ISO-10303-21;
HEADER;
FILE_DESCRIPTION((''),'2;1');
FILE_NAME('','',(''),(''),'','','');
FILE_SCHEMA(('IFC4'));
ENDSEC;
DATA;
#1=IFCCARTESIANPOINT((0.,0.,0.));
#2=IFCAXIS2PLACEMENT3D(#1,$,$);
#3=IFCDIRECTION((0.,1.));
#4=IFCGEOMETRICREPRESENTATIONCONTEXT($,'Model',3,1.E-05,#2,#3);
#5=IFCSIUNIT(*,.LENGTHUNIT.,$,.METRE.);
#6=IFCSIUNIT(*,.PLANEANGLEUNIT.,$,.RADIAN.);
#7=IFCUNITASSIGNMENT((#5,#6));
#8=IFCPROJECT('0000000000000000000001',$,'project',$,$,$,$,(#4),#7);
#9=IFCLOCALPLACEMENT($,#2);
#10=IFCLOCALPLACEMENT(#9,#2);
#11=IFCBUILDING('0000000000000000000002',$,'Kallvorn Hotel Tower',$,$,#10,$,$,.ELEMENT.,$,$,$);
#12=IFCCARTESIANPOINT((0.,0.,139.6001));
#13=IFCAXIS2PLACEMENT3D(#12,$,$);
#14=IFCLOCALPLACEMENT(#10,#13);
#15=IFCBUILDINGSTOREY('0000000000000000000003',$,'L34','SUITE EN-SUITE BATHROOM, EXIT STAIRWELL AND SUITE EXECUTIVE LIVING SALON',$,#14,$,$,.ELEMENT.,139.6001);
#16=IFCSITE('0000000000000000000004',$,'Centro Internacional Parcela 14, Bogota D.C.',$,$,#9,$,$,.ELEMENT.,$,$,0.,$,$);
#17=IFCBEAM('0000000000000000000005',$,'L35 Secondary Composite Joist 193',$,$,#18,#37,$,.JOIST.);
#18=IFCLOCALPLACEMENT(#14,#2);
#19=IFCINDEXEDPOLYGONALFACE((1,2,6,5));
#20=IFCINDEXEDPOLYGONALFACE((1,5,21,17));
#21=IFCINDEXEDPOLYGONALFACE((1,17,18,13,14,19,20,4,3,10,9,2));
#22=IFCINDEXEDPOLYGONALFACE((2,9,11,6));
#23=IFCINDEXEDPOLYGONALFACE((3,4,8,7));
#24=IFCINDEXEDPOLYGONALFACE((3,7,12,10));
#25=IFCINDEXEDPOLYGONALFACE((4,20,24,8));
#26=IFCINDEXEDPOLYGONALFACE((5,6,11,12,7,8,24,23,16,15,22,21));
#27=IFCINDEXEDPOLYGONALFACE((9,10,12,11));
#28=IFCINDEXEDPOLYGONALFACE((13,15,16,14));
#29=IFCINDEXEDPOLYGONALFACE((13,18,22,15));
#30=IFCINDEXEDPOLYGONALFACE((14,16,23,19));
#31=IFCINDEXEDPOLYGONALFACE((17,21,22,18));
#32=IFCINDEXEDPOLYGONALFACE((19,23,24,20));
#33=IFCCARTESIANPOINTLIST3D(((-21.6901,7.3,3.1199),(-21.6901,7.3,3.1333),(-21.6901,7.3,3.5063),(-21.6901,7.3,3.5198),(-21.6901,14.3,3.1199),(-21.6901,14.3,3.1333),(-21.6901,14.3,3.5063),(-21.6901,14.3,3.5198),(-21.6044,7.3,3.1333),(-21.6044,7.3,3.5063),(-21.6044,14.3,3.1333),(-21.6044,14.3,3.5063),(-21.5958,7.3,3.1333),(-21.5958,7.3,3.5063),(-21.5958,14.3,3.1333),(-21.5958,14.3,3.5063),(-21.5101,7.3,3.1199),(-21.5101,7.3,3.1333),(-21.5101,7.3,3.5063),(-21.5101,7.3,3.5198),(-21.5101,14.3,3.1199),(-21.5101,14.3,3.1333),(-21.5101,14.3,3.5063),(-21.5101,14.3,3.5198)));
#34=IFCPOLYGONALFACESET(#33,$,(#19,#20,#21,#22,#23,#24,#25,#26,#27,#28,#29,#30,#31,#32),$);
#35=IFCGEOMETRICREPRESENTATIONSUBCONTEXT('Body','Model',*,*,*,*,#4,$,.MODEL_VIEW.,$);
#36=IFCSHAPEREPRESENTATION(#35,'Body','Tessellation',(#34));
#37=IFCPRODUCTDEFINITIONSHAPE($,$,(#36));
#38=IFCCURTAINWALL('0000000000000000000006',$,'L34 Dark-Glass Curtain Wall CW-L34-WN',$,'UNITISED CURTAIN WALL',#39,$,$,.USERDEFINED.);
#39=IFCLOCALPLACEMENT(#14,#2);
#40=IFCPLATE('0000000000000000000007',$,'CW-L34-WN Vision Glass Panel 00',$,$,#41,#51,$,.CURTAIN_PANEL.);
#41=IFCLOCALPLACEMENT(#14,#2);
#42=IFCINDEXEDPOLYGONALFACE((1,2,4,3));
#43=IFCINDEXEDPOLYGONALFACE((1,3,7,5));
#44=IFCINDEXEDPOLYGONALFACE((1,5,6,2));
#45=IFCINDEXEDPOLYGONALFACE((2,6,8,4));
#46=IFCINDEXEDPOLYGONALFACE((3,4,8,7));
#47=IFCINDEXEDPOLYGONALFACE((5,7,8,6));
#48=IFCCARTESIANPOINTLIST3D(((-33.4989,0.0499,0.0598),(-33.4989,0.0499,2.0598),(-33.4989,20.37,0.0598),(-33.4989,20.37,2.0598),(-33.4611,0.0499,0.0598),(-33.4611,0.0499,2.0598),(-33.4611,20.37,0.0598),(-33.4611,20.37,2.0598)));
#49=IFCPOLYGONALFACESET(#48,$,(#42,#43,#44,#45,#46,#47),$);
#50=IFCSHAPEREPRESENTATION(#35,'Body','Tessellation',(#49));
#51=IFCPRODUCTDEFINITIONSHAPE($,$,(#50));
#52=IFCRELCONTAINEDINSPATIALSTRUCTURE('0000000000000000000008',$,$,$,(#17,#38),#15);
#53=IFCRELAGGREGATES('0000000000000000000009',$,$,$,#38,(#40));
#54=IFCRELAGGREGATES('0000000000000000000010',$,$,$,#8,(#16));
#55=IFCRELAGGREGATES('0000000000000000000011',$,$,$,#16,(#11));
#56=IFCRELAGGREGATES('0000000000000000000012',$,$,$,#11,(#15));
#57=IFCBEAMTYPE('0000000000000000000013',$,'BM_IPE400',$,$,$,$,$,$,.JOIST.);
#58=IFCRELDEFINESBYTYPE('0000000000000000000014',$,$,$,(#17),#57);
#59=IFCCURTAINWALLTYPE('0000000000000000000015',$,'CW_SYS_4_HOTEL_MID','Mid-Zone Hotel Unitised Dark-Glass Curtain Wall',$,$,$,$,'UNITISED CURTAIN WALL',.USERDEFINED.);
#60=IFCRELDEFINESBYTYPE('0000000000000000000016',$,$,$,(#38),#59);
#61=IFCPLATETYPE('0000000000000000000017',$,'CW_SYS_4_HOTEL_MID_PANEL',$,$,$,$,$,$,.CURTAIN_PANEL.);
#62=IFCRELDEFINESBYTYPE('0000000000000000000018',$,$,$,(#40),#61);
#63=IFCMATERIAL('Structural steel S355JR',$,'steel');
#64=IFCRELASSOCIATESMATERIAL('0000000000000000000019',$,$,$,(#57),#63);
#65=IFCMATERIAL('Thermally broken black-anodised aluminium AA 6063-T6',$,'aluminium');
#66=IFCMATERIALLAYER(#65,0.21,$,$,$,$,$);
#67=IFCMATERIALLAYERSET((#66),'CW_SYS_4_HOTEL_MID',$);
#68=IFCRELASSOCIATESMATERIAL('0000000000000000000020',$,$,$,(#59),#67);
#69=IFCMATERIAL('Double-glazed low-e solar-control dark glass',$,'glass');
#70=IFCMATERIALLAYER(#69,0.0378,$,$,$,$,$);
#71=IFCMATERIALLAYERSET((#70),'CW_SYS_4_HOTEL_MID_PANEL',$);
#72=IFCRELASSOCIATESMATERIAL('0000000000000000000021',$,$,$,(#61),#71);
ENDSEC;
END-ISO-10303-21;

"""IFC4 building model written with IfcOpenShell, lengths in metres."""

from ifc_helpers import new_model, si_unit, direction, frame, origin, origin_2d, place, context, subcontext, project, spatial, rectangle, i_section, extrude, material, layer, layer_set, material_profile, profile_set, type_object, element, aggregate, save


model = new_model("IFC4")

# Units and contexts
model_context = context("Model", 3, precision=1e-05, world=origin(), true_north=direction((0.0, 1.0)))
body_context = subcontext(model_context, "Body", "Model", "MODEL_VIEW")
ifc_project = project(units=[si_unit("LENGTHUNIT", "METRE"), si_unit("PLANEANGLEUNIT", "RADIAN")], contexts=[model_context])

# Site, building, storey
site_placement = place(None, origin())
site = spatial("IfcSite", under=ifc_project, at=site_placement, Name="Centro Internacional Parcela 14, Bogota D.C.", CompositionType="ELEMENT", RefElevation=0.0)
building_placement = place(site_placement, origin())
building = spatial("IfcBuilding", under=site, at=building_placement, Name="Kallvorn Hotel Tower", CompositionType="ELEMENT")
storey_placement = place(building_placement, frame((0.0, 0.0, 139.6001)))
storey = spatial("IfcBuildingStorey", under=building, at=storey_placement, Name="L34", Description="SUITE EN-SUITE BATHROOM, EXIT STAIRWELL AND SUITE EXECUTIVE LIVING SALON", CompositionType="ELEMENT", Elevation=139.6001)

# Beam
ifc_material_1 = material(Name="Structural steel S355JR", Category="steel")
ifc_material_profile_1 = material_profile(ifc_material_1, i_section(OverallWidth=0.1799, OverallDepth=0.3999, WebThickness=0.0085, FlangeThickness=0.0134, at=origin_2d()), Name="IPE 400")
ifc_profile_set_1 = profile_set([ifc_material_profile_1], Name="Structural steel S355JR")
beam_type_1 = type_object("IfcBeamType", Name="BM_IPE400", PredefinedType="JOIST", material=ifc_profile_set_1)
beam_1_placement = place(storey_placement, frame((-21.6001, 7.3, 3.3198), z_axis=(0.0, 1.0, 0.0), x_axis=(-1.0, 0.0, 0.0)))
element("IfcBeam", 1, at=beam_1_placement, inside=storey, type_object=beam_type_1, Name="L35 Secondary Composite Joist 193", PredefinedType="JOIST", context=body_context, shape_type="SweptSolid", body=[
    extrude(i_section(OverallWidth=0.1799, OverallDepth=0.3999, WebThickness=0.0085, FlangeThickness=0.0134, at=origin_2d()), origin(), (0.0, 0.0, 1.0), 7.0),
])

# Curtain wall, plate
ifc_material_2 = material(Name="Thermally broken black-anodised aluminium AA 6063-T6", Category="aluminium")
ifc_layer_1 = layer(ifc_material_2, 0.21)
ifc_layer_set_1 = layer_set([ifc_layer_1], Name="CW_SYS_4_HOTEL_MID")
curtain_wall_type = type_object("IfcCurtainWallType", Name="CW_SYS_4_HOTEL_MID", Description="Mid-Zone Hotel Unitised Dark-Glass Curtain Wall", ElementType="UNITISED CURTAIN WALL", PredefinedType="USERDEFINED", material=ifc_layer_set_1)
curtain_wall_placement = place(storey_placement, origin())
curtain_wall = element("IfcCurtainWall", 2, at=curtain_wall_placement, inside=storey, type_object=curtain_wall_type, Name="L34 Dark-Glass Curtain Wall CW-L34-WN", ObjectType="UNITISED CURTAIN WALL", PredefinedType="USERDEFINED")
ifc_material_3 = material(Name="Double-glazed low-e solar-control dark glass", Category="glass")
ifc_layer_2 = layer(ifc_material_3, 0.0378)
ifc_layer_set_2 = layer_set([ifc_layer_2], Name="CW_SYS_4_HOTEL_MID_PANEL")
plate_type = type_object("IfcPlateType", Name="CW_SYS_4_HOTEL_MID_PANEL", PredefinedType="CURTAIN_PANEL", material=ifc_layer_set_2)
plate_placement = place(storey_placement, frame((-33.48, 10.21, 0.0598), z_axis=(0.0, 0.0, 1.0), x_axis=(0.0, 1.0, 0.0)))
plate = element("IfcPlate", 3, at=plate_placement, type_object=plate_type, Name="CW-L34-WN Vision Glass Panel 00", PredefinedType="CURTAIN_PANEL", context=body_context, shape_type="SweptSolid", body=[
    extrude(rectangle(XDim=20.3201, YDim=0.0378, at=origin_2d()), origin(), (0.0, 0.0, 1.0), 2.0),
])
aggregate(curtain_wall, [plate])

save(model, "model.ifc")
